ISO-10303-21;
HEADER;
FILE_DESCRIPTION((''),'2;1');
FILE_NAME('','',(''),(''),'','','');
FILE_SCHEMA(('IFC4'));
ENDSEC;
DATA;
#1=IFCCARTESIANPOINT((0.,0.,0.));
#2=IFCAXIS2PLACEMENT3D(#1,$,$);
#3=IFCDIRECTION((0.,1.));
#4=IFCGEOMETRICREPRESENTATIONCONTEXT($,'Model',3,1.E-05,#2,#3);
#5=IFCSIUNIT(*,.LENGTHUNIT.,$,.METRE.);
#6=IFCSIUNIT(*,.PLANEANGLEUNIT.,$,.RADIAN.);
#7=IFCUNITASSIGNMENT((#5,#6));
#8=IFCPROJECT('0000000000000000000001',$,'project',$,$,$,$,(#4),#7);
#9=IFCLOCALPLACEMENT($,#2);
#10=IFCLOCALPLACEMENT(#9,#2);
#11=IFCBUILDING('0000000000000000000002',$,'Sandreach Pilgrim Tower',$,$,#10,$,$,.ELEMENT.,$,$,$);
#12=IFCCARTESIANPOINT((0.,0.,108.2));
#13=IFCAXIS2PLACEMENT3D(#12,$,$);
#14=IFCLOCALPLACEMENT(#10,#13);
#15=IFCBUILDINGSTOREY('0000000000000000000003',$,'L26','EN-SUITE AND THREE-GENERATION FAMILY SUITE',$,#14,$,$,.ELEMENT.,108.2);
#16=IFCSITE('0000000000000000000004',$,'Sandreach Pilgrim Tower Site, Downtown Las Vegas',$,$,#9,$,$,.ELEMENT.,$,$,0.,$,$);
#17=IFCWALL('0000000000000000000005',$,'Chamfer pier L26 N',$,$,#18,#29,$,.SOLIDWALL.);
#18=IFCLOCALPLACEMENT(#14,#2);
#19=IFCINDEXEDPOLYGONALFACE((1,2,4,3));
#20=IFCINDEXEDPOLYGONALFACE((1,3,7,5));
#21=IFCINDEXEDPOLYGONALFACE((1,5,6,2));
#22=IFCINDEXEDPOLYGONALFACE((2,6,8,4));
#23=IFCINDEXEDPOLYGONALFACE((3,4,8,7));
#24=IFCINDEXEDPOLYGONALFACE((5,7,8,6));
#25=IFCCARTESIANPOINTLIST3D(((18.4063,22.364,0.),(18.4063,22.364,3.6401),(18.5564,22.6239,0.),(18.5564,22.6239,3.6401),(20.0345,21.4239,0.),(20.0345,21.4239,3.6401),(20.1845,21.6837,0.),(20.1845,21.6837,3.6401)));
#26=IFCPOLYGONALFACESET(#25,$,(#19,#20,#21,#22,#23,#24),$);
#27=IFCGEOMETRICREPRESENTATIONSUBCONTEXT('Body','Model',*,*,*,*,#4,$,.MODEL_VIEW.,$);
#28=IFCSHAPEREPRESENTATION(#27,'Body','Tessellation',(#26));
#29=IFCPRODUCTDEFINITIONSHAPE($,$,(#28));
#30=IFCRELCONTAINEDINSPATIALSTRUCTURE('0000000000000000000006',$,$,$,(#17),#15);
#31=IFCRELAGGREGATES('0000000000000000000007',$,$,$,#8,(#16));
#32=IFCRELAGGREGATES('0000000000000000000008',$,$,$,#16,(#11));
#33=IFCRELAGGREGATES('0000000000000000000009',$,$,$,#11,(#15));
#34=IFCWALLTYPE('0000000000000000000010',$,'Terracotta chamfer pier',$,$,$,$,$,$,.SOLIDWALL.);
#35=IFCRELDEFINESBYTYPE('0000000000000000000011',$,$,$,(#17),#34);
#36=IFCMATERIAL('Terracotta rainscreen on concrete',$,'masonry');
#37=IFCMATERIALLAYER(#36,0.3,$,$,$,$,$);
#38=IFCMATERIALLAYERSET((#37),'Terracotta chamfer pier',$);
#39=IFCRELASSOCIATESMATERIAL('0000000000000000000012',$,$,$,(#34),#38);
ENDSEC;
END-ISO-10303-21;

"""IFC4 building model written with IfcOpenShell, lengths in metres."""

from ifc_helpers import new_model, si_unit, direction, frame, frame_2d, origin, place, context, subcontext, project, spatial, rectangle, extrude, material, layer, layer_set, type_object, element, save


model = new_model("IFC4")

# Units and contexts
model_context = context("Model", 3, precision=1e-05, world=origin(), true_north=direction((0.0, 1.0)))
body_context = subcontext(model_context, "Body", "Model", "MODEL_VIEW")
ifc_project = project(units=[si_unit("LENGTHUNIT", "METRE"), si_unit("PLANEANGLEUNIT", "RADIAN")], contexts=[model_context])

# Site, building, storey
site_placement = place(None, origin())
site = spatial("IfcSite", under=ifc_project, at=site_placement, Name="Sandreach Pilgrim Tower Site, Downtown Las Vegas", CompositionType="ELEMENT", RefElevation=0.0)
building_placement = place(site_placement, origin())
building = spatial("IfcBuilding", under=site, at=building_placement, Name="Sandreach Pilgrim Tower", CompositionType="ELEMENT")
storey_placement = place(building_placement, frame((0.0, 0.0, 108.2)))
storey = spatial("IfcBuildingStorey", under=building, at=storey_placement, Name="L26", Description="EN-SUITE AND THREE-GENERATION FAMILY SUITE", CompositionType="ELEMENT", Elevation=108.2)

# Wall
ifc_material_1 = material(Name="Terracotta rainscreen on concrete", Category="masonry")
ifc_layer_1 = layer(ifc_material_1, 0.3)
ifc_layer_set_1 = layer_set([ifc_layer_1], Name="Terracotta chamfer pier")
wall_type_1 = type_object("IfcWallType", Name="Terracotta chamfer pier", PredefinedType="SOLIDWALL", material=ifc_layer_set_1)
wall_1_placement = place(storey_placement, frame((18.4814, 22.4939, 0.0), z_axis=(0.0, 0.0, 1.0), x_axis=(0.865989, -0.500063, 0.0)))
element("IfcWall", 1, at=wall_1_placement, inside=storey, type_object=wall_type_1, Name="Chamfer pier L26 N", PredefinedType="SOLIDWALL", context=body_context, shape_type="SweptSolid", body=[
    extrude(rectangle(XDim=1.8801, YDim=0.3, at=frame_2d((0.9399, 0.0))), origin(), (0.0, 0.0, 1.0), 3.6401),
])

save(model, "model.ifc")
